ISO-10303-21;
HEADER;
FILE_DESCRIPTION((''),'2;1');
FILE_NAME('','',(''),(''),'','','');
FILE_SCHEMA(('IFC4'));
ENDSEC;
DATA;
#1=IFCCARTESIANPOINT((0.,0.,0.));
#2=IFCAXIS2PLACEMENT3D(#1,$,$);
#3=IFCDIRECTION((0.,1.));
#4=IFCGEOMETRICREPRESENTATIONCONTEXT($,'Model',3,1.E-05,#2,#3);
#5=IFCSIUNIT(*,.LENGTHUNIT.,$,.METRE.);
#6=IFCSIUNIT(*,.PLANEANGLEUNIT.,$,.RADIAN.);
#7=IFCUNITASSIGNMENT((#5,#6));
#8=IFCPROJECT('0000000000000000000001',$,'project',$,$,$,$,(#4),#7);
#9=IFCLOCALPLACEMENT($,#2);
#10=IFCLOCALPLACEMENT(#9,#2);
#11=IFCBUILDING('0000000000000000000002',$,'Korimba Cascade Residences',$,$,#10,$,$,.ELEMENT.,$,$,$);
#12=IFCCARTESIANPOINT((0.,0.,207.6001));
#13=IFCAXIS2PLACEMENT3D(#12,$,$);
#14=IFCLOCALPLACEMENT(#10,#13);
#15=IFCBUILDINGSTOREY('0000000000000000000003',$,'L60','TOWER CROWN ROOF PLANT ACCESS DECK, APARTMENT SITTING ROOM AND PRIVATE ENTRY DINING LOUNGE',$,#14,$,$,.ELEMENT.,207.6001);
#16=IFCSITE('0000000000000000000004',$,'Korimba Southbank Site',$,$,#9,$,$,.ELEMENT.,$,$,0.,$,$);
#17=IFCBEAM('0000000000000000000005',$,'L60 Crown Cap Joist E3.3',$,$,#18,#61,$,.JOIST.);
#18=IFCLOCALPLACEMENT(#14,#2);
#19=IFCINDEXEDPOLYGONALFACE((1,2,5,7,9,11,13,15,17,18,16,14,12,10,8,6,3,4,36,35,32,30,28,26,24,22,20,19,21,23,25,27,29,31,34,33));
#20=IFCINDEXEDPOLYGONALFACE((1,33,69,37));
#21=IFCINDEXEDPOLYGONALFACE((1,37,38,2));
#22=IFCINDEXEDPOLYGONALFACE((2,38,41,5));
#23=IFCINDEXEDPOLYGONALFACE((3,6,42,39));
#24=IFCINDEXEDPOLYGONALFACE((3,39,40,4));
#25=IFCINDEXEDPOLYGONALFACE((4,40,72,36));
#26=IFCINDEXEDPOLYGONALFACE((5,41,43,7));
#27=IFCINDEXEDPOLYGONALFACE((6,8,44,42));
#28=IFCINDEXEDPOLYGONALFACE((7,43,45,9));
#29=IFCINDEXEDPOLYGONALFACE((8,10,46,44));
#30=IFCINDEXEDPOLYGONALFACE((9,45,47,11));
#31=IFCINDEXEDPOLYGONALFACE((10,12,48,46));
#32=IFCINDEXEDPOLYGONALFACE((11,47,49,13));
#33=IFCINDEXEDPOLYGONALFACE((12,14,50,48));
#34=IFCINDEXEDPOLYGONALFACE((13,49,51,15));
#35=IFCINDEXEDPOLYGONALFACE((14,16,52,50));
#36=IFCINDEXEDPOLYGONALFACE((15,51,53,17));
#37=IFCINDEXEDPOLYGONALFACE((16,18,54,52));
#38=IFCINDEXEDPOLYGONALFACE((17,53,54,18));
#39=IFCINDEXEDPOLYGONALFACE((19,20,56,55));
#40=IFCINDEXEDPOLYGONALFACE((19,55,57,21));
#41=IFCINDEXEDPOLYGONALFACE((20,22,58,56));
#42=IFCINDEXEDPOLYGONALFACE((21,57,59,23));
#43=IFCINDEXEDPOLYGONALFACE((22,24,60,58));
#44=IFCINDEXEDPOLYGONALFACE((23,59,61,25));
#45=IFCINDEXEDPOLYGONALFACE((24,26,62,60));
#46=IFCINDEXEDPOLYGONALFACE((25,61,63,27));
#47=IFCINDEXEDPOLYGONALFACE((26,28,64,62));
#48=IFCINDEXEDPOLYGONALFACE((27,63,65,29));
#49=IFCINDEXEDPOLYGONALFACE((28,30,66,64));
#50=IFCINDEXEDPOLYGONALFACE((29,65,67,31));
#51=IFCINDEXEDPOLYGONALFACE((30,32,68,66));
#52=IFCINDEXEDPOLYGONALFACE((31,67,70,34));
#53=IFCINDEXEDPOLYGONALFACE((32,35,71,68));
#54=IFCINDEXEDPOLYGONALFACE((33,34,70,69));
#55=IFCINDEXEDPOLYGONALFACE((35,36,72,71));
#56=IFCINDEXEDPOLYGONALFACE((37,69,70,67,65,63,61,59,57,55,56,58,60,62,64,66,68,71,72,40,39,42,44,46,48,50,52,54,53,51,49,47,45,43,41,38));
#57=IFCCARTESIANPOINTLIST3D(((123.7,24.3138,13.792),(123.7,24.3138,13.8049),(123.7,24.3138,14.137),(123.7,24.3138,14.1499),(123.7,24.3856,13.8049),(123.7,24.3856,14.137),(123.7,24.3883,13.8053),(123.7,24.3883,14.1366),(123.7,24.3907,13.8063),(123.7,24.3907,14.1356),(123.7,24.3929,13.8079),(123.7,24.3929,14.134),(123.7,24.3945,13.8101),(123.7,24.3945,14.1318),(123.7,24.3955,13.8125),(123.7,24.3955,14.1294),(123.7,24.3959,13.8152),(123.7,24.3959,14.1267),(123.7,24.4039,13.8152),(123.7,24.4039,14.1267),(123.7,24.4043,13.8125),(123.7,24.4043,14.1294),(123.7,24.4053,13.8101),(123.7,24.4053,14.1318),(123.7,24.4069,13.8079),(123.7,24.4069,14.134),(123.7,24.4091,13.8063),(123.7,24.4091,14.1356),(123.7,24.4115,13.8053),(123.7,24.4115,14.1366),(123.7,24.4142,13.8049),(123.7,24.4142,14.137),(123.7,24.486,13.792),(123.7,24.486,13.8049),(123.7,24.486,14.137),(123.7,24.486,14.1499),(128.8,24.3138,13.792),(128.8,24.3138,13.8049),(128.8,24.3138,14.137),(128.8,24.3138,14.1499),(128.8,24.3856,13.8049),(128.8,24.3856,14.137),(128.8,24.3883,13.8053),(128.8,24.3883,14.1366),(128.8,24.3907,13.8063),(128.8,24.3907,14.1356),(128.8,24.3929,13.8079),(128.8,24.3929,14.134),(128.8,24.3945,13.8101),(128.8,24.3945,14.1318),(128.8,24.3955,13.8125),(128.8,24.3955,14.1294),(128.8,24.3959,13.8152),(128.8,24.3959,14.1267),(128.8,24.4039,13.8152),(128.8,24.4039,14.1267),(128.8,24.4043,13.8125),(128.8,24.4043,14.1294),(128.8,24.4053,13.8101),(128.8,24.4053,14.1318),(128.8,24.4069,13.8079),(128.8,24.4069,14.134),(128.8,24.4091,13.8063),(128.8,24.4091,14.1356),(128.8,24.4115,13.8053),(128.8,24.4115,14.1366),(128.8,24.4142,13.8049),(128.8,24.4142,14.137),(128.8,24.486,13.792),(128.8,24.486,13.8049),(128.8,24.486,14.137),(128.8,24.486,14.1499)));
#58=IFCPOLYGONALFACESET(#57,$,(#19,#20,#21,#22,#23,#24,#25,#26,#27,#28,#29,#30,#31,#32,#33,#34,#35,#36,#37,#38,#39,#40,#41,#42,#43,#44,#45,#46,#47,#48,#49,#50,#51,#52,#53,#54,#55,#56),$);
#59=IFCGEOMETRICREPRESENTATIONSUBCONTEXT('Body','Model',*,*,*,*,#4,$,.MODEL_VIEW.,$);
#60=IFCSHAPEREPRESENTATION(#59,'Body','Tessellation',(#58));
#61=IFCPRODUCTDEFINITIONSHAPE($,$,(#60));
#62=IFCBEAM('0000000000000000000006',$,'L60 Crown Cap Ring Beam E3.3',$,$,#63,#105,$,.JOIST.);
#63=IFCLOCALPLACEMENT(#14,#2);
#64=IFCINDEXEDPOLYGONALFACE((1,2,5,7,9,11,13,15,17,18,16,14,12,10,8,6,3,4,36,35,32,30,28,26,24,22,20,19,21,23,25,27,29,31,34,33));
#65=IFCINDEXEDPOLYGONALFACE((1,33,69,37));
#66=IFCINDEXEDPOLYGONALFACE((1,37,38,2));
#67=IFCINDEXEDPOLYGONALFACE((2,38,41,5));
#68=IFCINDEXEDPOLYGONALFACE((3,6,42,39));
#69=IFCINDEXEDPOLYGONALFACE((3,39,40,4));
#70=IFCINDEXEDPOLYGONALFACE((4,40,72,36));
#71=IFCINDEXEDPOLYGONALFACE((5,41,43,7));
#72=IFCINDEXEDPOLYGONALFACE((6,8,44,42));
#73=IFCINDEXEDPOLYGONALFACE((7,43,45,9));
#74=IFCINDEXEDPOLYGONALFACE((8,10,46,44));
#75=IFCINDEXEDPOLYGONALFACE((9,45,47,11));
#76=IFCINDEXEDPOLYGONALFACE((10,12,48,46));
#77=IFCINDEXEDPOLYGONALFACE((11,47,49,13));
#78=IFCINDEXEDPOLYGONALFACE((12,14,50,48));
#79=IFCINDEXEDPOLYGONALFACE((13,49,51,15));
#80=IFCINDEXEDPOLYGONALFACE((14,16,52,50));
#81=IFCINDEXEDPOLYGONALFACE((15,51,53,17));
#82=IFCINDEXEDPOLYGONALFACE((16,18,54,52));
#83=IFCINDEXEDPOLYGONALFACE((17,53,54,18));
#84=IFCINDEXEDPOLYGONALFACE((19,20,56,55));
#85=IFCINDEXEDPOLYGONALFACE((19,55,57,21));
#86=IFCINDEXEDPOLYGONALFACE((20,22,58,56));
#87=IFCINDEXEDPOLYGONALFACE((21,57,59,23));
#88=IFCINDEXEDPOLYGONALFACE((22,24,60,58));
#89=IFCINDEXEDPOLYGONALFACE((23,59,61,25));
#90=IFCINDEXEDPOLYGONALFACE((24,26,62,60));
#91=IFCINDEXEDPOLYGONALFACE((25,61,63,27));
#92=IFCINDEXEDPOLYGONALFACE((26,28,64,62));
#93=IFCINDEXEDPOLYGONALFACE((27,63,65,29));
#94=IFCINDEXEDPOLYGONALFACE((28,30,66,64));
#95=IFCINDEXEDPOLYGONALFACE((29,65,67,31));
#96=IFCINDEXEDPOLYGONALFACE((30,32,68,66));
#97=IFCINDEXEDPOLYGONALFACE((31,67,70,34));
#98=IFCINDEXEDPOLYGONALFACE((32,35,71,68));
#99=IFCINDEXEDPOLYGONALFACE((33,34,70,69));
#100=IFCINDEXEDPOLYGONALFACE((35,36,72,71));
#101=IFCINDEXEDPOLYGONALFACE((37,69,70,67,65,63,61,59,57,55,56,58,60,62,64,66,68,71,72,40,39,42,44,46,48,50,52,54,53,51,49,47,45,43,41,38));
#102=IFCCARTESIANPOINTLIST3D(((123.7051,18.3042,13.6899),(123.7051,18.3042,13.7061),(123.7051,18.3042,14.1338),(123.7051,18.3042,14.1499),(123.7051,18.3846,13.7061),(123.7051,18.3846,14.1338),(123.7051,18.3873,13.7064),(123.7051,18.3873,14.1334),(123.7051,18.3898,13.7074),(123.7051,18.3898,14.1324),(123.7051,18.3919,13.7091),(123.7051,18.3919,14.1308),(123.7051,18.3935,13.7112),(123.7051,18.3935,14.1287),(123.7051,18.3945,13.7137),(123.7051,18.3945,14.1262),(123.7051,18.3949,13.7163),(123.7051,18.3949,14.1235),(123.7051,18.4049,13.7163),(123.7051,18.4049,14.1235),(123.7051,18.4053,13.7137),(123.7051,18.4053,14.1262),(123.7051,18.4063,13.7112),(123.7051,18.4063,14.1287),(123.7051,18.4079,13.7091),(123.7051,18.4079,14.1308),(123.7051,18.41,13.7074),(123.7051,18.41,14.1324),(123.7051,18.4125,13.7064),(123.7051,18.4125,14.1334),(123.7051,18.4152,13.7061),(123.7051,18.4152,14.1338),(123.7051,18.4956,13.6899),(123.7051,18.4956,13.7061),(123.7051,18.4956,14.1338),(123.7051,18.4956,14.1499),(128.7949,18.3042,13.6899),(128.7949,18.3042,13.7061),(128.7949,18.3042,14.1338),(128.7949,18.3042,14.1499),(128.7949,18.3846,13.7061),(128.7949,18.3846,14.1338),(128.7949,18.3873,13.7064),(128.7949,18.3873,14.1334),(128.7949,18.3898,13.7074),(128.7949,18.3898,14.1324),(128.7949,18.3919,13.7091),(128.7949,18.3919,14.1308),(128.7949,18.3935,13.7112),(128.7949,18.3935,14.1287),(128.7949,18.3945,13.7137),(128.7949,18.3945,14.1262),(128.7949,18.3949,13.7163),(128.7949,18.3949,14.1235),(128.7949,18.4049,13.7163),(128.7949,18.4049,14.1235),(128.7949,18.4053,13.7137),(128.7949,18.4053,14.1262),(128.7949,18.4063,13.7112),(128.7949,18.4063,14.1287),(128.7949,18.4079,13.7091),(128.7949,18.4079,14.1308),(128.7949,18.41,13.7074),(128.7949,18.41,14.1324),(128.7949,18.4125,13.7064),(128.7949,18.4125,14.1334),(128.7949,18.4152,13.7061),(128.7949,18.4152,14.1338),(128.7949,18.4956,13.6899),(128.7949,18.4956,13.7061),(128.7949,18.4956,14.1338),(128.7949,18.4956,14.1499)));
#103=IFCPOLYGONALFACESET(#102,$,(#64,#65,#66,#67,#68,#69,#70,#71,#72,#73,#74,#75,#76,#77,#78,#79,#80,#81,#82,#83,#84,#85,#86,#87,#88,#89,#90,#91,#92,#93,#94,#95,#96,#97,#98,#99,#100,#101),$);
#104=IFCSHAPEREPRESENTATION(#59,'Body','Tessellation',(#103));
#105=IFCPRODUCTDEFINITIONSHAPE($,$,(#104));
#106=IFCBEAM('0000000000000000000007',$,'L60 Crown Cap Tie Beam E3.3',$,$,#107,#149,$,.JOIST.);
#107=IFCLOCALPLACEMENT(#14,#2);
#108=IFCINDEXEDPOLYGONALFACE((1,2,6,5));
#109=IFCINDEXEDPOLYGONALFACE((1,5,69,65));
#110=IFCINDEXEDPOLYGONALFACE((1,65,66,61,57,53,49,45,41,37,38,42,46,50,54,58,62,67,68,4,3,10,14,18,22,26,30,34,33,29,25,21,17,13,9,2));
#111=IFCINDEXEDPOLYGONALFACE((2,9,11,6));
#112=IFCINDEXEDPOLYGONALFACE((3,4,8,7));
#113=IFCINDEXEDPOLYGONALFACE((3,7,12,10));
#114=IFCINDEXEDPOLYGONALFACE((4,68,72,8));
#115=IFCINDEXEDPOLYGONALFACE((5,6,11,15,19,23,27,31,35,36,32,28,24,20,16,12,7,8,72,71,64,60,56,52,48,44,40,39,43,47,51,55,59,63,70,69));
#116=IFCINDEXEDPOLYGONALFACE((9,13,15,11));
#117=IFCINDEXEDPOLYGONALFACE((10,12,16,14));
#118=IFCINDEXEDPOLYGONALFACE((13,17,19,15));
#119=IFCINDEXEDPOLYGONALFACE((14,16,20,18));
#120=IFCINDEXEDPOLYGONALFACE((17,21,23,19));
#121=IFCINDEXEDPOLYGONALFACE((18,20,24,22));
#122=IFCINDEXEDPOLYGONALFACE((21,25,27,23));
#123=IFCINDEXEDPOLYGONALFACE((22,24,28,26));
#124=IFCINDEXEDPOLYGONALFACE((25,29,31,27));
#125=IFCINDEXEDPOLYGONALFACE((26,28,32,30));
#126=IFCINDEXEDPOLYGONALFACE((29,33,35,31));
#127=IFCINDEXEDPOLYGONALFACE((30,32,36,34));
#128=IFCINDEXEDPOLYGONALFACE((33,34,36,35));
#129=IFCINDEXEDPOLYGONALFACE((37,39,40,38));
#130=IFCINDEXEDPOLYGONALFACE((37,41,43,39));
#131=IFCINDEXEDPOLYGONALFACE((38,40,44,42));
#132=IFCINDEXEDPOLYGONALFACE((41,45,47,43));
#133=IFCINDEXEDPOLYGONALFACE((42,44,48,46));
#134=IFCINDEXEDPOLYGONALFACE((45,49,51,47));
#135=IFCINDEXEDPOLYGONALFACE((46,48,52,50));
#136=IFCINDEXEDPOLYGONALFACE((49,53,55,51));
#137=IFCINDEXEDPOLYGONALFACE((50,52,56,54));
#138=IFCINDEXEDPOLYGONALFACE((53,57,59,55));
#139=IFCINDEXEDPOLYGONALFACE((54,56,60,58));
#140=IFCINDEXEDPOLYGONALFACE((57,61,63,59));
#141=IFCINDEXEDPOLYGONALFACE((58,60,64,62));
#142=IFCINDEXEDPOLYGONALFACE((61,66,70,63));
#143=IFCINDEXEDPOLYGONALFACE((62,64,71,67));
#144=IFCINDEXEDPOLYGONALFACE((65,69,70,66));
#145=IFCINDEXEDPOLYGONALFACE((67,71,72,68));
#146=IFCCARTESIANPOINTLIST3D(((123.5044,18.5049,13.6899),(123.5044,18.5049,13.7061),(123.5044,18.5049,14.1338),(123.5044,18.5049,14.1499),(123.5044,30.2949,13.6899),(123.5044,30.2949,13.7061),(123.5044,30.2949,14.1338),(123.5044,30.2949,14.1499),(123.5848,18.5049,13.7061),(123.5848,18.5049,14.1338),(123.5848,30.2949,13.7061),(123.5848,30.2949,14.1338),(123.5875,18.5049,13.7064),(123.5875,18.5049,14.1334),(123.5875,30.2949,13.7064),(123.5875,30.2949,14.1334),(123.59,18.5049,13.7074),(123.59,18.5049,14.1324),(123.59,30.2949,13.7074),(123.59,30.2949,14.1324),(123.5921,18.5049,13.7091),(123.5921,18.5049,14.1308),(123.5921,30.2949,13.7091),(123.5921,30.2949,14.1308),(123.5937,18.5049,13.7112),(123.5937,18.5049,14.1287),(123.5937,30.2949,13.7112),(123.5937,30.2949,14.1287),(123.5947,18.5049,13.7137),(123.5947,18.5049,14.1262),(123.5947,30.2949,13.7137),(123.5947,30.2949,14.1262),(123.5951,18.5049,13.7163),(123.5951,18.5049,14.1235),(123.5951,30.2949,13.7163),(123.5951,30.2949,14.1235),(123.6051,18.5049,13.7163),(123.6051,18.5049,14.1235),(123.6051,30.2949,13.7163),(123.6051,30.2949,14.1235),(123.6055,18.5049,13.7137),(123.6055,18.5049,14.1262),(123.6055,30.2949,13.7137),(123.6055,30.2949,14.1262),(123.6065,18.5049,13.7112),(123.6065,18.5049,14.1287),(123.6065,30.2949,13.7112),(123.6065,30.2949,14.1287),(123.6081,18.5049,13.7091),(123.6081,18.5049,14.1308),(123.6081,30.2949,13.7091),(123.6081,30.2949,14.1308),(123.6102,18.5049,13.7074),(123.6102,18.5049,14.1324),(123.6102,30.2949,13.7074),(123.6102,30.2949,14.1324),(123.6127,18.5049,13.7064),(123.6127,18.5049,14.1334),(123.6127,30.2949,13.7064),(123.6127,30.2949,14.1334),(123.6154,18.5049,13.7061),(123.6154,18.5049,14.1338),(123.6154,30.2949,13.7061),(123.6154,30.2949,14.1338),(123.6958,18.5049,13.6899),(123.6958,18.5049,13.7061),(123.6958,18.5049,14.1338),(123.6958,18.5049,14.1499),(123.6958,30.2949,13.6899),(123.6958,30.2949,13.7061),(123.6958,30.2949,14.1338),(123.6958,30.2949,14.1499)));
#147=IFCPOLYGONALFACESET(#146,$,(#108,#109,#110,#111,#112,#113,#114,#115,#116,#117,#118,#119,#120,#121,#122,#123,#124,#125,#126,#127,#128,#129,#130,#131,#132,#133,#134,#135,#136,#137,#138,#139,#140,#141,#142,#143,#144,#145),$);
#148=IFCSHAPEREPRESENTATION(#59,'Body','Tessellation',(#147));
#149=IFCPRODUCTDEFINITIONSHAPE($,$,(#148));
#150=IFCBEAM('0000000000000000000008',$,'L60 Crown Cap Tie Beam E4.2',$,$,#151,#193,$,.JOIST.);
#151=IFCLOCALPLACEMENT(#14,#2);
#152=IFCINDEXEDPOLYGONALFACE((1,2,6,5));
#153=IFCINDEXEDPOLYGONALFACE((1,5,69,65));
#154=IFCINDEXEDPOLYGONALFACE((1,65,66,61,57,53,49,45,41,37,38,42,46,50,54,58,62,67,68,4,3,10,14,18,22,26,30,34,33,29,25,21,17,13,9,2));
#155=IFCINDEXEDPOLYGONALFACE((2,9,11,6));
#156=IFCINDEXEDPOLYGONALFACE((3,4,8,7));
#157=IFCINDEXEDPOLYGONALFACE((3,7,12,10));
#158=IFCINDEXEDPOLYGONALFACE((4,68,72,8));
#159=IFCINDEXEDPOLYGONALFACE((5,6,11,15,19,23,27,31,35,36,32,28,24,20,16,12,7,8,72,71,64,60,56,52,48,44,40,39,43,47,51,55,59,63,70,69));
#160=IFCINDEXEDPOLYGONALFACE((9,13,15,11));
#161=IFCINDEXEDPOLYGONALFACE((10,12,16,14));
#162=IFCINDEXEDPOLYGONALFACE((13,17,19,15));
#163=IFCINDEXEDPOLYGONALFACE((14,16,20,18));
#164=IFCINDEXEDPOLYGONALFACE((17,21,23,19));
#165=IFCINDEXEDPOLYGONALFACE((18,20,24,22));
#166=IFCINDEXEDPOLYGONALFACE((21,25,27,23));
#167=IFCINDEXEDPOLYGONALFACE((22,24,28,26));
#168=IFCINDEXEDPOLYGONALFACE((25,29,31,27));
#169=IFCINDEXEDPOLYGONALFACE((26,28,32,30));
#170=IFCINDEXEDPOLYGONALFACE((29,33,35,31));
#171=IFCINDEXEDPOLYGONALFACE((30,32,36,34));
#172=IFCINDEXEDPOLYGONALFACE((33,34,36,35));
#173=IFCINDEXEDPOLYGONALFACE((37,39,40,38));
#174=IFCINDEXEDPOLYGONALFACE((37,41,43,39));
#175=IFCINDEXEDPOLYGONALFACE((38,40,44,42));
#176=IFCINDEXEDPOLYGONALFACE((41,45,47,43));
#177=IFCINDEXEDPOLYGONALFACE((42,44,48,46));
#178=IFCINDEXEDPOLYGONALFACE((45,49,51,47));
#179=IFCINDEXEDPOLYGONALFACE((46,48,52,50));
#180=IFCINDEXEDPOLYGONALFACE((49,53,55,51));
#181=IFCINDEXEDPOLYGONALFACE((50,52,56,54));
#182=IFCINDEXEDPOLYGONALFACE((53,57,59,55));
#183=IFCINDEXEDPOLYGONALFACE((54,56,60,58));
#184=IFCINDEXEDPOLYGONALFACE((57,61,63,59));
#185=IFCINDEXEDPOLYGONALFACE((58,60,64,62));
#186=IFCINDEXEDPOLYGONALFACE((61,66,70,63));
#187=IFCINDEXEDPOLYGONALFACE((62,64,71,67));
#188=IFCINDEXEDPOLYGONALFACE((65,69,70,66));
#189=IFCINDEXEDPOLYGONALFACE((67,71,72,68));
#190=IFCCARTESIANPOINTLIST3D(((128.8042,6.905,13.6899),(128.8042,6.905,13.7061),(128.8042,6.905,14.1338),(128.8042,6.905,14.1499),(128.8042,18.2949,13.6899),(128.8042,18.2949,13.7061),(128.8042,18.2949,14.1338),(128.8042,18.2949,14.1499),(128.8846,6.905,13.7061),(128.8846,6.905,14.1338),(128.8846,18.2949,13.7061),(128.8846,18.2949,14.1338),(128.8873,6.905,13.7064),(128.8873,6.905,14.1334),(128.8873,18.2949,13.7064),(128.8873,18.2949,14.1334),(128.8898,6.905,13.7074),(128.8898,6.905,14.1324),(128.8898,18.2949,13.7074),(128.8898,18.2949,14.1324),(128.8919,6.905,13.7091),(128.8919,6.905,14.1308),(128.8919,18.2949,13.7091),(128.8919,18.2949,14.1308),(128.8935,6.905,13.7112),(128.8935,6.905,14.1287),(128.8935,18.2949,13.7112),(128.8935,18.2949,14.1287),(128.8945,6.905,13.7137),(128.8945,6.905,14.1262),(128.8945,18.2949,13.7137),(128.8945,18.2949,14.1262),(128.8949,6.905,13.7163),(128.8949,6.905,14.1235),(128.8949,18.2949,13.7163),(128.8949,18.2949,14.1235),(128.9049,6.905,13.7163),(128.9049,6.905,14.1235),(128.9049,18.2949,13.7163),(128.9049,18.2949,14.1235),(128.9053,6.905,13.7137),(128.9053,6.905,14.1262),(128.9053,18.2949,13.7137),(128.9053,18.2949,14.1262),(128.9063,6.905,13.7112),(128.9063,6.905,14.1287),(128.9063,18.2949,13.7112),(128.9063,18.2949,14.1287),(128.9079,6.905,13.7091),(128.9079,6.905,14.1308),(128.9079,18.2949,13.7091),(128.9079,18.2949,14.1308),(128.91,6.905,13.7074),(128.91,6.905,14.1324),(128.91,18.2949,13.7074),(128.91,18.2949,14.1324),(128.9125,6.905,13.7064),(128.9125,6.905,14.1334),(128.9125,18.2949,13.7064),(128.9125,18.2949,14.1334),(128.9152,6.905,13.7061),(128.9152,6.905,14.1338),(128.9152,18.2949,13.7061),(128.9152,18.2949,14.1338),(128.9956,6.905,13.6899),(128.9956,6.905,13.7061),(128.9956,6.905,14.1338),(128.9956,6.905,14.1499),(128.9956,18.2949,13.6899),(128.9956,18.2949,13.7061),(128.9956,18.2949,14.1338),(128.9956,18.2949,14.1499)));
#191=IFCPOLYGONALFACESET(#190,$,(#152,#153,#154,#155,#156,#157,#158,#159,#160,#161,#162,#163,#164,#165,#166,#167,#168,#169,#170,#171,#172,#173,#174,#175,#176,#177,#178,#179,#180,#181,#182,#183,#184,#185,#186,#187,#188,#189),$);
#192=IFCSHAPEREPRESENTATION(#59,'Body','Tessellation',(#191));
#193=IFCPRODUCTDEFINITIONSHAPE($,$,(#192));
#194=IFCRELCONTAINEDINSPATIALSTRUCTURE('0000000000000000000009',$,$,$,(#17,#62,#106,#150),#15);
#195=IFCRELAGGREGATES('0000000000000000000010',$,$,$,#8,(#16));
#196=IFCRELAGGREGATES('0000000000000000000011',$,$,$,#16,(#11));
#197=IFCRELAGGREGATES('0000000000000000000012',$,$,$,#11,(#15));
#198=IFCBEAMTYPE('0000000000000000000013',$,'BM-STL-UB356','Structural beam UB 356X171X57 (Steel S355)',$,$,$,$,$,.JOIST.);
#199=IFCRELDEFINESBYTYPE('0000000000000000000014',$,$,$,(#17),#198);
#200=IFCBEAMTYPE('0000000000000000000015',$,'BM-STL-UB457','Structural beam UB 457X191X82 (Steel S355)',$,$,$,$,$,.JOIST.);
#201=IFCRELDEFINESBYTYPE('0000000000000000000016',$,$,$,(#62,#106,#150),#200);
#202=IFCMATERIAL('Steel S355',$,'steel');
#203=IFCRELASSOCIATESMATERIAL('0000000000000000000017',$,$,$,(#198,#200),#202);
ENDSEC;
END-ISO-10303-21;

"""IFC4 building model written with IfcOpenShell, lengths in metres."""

from ifc_helpers import new_model, si_unit, direction, frame, origin, origin_2d, place, context, subcontext, project, spatial, i_section, extrude, material, material_profile, profile_set, type_object, element, save


model = new_model("IFC4")

# Units and contexts
model_context = context("Model", 3, precision=1e-05, world=origin(), true_north=direction((0.0, 1.0)))
body_context = subcontext(model_context, "Body", "Model", "MODEL_VIEW")
ifc_project = project(units=[si_unit("LENGTHUNIT", "METRE"), si_unit("PLANEANGLEUNIT", "RADIAN")], contexts=[model_context])

# Site, building, storey
site_placement = place(None, origin())
site = spatial("IfcSite", under=ifc_project, at=site_placement, Name="Korimba Southbank Site", CompositionType="ELEMENT", RefElevation=0.0)
building_placement = place(site_placement, origin())
building = spatial("IfcBuilding", under=site, at=building_placement, Name="Korimba Cascade Residences", CompositionType="ELEMENT")
storey_placement = place(building_placement, frame((0.0, 0.0, 207.6001)))
storey = spatial("IfcBuildingStorey", under=building, at=storey_placement, Name="L60", Description="TOWER CROWN ROOF PLANT ACCESS DECK, APARTMENT SITTING ROOM AND PRIVATE ENTRY DINING LOUNGE", CompositionType="ELEMENT", Elevation=207.6001)

# Shared definitions
ifc_material_1 = material(Name="Steel S355", Category="steel")

# Beams
ifc_material_profile_1 = material_profile(ifc_material_1, i_section(OverallWidth=0.1721, OverallDepth=0.3579, WebThickness=0.0081, FlangeThickness=0.0129, FilletRadius=0.0103, at=origin_2d()), Name="Steel S355")
ifc_profile_set_1 = profile_set([ifc_material_profile_1], Name="Steel S355")
beam_type_1 = type_object("IfcBeamType", Name="BM-STL-UB356", Description="Structural beam UB 356X171X57 (Steel S355)", PredefinedType="JOIST", material=ifc_profile_set_1)
for number, where, z_axis, x_axis, name in (
    (1, (123.7, 24.3999, 13.9709), (1.0, 0.0, 0.0), (0.0, 1.0, 0.0), "L60 Crown Cap Joist E3.3"),
):
    element("IfcBeam", number, at=place(storey_placement, frame(where, z_axis=z_axis, x_axis=x_axis)), inside=storey, type_object=beam_type_1, Name=name, PredefinedType="JOIST", context=body_context, shape_type="SweptSolid", body=[
        extrude(i_section(OverallWidth=0.1721, OverallDepth=0.3579, WebThickness=0.0081, FlangeThickness=0.0129, FilletRadius=0.0103, at=origin_2d()), origin(), (0.0, 0.0, 1.0), 5.1001),
    ])
ifc_material_profile_2 = material_profile(ifc_material_1, i_section(OverallWidth=0.1914, OverallDepth=0.46, WebThickness=0.01, FlangeThickness=0.0161, FilletRadius=0.0103, at=origin_2d()), Name="Steel S355")
ifc_profile_set_2 = profile_set([ifc_material_profile_2], Name="Steel S355")
beam_type_2 = type_object("IfcBeamType", Name="BM-STL-UB457", Description="Structural beam UB 457X191X82 (Steel S355)", PredefinedType="JOIST", material=ifc_profile_set_2)
beam_1_placement = place(storey_placement, frame((123.7051, 18.3999, 13.9199), z_axis=(1.0, 0.0, 0.0), x_axis=(0.0, 1.0, 0.0)))
element("IfcBeam", 2, at=beam_1_placement, inside=storey, type_object=beam_type_2, Name="L60 Crown Cap Ring Beam E3.3", PredefinedType="JOIST", context=body_context, shape_type="SweptSolid", body=[
    extrude(i_section(OverallWidth=0.1914, OverallDepth=0.46, WebThickness=0.01, FlangeThickness=0.0161, FilletRadius=0.0103, at=origin_2d()), origin(), (0.0, 0.0, 1.0), 5.0898),
])
beam_2_placement = place(storey_placement, frame((123.6001, 18.5049, 13.9199), z_axis=(0.0, 1.0, 0.0), x_axis=(-1.0, 0.0, 0.0)))
element("IfcBeam", 3, at=beam_2_placement, inside=storey, type_object=beam_type_2, Name="L60 Crown Cap Tie Beam E3.3", PredefinedType="JOIST", context=body_context, shape_type="SweptSolid", body=[
    extrude(i_section(OverallWidth=0.1914, OverallDepth=0.46, WebThickness=0.01, FlangeThickness=0.0161, FilletRadius=0.0103, at=origin_2d()), origin(), (0.0, 0.0, 1.0), 11.79),
])
beam_3_placement = place(storey_placement, frame((128.8999, 6.905, 13.9199), z_axis=(0.0, 1.0, 0.0), x_axis=(-1.0, 0.0, 0.0)))
element("IfcBeam", 4, at=beam_3_placement, inside=storey, type_object=beam_type_2, Name="L60 Crown Cap Tie Beam E4.2", PredefinedType="JOIST", context=body_context, shape_type="SweptSolid", body=[
    extrude(i_section(OverallWidth=0.1914, OverallDepth=0.46, WebThickness=0.01, FlangeThickness=0.0161, FilletRadius=0.0103, at=origin_2d()), origin(), (0.0, 0.0, 1.0), 11.3899),
])

save(model, "model.ifc")
